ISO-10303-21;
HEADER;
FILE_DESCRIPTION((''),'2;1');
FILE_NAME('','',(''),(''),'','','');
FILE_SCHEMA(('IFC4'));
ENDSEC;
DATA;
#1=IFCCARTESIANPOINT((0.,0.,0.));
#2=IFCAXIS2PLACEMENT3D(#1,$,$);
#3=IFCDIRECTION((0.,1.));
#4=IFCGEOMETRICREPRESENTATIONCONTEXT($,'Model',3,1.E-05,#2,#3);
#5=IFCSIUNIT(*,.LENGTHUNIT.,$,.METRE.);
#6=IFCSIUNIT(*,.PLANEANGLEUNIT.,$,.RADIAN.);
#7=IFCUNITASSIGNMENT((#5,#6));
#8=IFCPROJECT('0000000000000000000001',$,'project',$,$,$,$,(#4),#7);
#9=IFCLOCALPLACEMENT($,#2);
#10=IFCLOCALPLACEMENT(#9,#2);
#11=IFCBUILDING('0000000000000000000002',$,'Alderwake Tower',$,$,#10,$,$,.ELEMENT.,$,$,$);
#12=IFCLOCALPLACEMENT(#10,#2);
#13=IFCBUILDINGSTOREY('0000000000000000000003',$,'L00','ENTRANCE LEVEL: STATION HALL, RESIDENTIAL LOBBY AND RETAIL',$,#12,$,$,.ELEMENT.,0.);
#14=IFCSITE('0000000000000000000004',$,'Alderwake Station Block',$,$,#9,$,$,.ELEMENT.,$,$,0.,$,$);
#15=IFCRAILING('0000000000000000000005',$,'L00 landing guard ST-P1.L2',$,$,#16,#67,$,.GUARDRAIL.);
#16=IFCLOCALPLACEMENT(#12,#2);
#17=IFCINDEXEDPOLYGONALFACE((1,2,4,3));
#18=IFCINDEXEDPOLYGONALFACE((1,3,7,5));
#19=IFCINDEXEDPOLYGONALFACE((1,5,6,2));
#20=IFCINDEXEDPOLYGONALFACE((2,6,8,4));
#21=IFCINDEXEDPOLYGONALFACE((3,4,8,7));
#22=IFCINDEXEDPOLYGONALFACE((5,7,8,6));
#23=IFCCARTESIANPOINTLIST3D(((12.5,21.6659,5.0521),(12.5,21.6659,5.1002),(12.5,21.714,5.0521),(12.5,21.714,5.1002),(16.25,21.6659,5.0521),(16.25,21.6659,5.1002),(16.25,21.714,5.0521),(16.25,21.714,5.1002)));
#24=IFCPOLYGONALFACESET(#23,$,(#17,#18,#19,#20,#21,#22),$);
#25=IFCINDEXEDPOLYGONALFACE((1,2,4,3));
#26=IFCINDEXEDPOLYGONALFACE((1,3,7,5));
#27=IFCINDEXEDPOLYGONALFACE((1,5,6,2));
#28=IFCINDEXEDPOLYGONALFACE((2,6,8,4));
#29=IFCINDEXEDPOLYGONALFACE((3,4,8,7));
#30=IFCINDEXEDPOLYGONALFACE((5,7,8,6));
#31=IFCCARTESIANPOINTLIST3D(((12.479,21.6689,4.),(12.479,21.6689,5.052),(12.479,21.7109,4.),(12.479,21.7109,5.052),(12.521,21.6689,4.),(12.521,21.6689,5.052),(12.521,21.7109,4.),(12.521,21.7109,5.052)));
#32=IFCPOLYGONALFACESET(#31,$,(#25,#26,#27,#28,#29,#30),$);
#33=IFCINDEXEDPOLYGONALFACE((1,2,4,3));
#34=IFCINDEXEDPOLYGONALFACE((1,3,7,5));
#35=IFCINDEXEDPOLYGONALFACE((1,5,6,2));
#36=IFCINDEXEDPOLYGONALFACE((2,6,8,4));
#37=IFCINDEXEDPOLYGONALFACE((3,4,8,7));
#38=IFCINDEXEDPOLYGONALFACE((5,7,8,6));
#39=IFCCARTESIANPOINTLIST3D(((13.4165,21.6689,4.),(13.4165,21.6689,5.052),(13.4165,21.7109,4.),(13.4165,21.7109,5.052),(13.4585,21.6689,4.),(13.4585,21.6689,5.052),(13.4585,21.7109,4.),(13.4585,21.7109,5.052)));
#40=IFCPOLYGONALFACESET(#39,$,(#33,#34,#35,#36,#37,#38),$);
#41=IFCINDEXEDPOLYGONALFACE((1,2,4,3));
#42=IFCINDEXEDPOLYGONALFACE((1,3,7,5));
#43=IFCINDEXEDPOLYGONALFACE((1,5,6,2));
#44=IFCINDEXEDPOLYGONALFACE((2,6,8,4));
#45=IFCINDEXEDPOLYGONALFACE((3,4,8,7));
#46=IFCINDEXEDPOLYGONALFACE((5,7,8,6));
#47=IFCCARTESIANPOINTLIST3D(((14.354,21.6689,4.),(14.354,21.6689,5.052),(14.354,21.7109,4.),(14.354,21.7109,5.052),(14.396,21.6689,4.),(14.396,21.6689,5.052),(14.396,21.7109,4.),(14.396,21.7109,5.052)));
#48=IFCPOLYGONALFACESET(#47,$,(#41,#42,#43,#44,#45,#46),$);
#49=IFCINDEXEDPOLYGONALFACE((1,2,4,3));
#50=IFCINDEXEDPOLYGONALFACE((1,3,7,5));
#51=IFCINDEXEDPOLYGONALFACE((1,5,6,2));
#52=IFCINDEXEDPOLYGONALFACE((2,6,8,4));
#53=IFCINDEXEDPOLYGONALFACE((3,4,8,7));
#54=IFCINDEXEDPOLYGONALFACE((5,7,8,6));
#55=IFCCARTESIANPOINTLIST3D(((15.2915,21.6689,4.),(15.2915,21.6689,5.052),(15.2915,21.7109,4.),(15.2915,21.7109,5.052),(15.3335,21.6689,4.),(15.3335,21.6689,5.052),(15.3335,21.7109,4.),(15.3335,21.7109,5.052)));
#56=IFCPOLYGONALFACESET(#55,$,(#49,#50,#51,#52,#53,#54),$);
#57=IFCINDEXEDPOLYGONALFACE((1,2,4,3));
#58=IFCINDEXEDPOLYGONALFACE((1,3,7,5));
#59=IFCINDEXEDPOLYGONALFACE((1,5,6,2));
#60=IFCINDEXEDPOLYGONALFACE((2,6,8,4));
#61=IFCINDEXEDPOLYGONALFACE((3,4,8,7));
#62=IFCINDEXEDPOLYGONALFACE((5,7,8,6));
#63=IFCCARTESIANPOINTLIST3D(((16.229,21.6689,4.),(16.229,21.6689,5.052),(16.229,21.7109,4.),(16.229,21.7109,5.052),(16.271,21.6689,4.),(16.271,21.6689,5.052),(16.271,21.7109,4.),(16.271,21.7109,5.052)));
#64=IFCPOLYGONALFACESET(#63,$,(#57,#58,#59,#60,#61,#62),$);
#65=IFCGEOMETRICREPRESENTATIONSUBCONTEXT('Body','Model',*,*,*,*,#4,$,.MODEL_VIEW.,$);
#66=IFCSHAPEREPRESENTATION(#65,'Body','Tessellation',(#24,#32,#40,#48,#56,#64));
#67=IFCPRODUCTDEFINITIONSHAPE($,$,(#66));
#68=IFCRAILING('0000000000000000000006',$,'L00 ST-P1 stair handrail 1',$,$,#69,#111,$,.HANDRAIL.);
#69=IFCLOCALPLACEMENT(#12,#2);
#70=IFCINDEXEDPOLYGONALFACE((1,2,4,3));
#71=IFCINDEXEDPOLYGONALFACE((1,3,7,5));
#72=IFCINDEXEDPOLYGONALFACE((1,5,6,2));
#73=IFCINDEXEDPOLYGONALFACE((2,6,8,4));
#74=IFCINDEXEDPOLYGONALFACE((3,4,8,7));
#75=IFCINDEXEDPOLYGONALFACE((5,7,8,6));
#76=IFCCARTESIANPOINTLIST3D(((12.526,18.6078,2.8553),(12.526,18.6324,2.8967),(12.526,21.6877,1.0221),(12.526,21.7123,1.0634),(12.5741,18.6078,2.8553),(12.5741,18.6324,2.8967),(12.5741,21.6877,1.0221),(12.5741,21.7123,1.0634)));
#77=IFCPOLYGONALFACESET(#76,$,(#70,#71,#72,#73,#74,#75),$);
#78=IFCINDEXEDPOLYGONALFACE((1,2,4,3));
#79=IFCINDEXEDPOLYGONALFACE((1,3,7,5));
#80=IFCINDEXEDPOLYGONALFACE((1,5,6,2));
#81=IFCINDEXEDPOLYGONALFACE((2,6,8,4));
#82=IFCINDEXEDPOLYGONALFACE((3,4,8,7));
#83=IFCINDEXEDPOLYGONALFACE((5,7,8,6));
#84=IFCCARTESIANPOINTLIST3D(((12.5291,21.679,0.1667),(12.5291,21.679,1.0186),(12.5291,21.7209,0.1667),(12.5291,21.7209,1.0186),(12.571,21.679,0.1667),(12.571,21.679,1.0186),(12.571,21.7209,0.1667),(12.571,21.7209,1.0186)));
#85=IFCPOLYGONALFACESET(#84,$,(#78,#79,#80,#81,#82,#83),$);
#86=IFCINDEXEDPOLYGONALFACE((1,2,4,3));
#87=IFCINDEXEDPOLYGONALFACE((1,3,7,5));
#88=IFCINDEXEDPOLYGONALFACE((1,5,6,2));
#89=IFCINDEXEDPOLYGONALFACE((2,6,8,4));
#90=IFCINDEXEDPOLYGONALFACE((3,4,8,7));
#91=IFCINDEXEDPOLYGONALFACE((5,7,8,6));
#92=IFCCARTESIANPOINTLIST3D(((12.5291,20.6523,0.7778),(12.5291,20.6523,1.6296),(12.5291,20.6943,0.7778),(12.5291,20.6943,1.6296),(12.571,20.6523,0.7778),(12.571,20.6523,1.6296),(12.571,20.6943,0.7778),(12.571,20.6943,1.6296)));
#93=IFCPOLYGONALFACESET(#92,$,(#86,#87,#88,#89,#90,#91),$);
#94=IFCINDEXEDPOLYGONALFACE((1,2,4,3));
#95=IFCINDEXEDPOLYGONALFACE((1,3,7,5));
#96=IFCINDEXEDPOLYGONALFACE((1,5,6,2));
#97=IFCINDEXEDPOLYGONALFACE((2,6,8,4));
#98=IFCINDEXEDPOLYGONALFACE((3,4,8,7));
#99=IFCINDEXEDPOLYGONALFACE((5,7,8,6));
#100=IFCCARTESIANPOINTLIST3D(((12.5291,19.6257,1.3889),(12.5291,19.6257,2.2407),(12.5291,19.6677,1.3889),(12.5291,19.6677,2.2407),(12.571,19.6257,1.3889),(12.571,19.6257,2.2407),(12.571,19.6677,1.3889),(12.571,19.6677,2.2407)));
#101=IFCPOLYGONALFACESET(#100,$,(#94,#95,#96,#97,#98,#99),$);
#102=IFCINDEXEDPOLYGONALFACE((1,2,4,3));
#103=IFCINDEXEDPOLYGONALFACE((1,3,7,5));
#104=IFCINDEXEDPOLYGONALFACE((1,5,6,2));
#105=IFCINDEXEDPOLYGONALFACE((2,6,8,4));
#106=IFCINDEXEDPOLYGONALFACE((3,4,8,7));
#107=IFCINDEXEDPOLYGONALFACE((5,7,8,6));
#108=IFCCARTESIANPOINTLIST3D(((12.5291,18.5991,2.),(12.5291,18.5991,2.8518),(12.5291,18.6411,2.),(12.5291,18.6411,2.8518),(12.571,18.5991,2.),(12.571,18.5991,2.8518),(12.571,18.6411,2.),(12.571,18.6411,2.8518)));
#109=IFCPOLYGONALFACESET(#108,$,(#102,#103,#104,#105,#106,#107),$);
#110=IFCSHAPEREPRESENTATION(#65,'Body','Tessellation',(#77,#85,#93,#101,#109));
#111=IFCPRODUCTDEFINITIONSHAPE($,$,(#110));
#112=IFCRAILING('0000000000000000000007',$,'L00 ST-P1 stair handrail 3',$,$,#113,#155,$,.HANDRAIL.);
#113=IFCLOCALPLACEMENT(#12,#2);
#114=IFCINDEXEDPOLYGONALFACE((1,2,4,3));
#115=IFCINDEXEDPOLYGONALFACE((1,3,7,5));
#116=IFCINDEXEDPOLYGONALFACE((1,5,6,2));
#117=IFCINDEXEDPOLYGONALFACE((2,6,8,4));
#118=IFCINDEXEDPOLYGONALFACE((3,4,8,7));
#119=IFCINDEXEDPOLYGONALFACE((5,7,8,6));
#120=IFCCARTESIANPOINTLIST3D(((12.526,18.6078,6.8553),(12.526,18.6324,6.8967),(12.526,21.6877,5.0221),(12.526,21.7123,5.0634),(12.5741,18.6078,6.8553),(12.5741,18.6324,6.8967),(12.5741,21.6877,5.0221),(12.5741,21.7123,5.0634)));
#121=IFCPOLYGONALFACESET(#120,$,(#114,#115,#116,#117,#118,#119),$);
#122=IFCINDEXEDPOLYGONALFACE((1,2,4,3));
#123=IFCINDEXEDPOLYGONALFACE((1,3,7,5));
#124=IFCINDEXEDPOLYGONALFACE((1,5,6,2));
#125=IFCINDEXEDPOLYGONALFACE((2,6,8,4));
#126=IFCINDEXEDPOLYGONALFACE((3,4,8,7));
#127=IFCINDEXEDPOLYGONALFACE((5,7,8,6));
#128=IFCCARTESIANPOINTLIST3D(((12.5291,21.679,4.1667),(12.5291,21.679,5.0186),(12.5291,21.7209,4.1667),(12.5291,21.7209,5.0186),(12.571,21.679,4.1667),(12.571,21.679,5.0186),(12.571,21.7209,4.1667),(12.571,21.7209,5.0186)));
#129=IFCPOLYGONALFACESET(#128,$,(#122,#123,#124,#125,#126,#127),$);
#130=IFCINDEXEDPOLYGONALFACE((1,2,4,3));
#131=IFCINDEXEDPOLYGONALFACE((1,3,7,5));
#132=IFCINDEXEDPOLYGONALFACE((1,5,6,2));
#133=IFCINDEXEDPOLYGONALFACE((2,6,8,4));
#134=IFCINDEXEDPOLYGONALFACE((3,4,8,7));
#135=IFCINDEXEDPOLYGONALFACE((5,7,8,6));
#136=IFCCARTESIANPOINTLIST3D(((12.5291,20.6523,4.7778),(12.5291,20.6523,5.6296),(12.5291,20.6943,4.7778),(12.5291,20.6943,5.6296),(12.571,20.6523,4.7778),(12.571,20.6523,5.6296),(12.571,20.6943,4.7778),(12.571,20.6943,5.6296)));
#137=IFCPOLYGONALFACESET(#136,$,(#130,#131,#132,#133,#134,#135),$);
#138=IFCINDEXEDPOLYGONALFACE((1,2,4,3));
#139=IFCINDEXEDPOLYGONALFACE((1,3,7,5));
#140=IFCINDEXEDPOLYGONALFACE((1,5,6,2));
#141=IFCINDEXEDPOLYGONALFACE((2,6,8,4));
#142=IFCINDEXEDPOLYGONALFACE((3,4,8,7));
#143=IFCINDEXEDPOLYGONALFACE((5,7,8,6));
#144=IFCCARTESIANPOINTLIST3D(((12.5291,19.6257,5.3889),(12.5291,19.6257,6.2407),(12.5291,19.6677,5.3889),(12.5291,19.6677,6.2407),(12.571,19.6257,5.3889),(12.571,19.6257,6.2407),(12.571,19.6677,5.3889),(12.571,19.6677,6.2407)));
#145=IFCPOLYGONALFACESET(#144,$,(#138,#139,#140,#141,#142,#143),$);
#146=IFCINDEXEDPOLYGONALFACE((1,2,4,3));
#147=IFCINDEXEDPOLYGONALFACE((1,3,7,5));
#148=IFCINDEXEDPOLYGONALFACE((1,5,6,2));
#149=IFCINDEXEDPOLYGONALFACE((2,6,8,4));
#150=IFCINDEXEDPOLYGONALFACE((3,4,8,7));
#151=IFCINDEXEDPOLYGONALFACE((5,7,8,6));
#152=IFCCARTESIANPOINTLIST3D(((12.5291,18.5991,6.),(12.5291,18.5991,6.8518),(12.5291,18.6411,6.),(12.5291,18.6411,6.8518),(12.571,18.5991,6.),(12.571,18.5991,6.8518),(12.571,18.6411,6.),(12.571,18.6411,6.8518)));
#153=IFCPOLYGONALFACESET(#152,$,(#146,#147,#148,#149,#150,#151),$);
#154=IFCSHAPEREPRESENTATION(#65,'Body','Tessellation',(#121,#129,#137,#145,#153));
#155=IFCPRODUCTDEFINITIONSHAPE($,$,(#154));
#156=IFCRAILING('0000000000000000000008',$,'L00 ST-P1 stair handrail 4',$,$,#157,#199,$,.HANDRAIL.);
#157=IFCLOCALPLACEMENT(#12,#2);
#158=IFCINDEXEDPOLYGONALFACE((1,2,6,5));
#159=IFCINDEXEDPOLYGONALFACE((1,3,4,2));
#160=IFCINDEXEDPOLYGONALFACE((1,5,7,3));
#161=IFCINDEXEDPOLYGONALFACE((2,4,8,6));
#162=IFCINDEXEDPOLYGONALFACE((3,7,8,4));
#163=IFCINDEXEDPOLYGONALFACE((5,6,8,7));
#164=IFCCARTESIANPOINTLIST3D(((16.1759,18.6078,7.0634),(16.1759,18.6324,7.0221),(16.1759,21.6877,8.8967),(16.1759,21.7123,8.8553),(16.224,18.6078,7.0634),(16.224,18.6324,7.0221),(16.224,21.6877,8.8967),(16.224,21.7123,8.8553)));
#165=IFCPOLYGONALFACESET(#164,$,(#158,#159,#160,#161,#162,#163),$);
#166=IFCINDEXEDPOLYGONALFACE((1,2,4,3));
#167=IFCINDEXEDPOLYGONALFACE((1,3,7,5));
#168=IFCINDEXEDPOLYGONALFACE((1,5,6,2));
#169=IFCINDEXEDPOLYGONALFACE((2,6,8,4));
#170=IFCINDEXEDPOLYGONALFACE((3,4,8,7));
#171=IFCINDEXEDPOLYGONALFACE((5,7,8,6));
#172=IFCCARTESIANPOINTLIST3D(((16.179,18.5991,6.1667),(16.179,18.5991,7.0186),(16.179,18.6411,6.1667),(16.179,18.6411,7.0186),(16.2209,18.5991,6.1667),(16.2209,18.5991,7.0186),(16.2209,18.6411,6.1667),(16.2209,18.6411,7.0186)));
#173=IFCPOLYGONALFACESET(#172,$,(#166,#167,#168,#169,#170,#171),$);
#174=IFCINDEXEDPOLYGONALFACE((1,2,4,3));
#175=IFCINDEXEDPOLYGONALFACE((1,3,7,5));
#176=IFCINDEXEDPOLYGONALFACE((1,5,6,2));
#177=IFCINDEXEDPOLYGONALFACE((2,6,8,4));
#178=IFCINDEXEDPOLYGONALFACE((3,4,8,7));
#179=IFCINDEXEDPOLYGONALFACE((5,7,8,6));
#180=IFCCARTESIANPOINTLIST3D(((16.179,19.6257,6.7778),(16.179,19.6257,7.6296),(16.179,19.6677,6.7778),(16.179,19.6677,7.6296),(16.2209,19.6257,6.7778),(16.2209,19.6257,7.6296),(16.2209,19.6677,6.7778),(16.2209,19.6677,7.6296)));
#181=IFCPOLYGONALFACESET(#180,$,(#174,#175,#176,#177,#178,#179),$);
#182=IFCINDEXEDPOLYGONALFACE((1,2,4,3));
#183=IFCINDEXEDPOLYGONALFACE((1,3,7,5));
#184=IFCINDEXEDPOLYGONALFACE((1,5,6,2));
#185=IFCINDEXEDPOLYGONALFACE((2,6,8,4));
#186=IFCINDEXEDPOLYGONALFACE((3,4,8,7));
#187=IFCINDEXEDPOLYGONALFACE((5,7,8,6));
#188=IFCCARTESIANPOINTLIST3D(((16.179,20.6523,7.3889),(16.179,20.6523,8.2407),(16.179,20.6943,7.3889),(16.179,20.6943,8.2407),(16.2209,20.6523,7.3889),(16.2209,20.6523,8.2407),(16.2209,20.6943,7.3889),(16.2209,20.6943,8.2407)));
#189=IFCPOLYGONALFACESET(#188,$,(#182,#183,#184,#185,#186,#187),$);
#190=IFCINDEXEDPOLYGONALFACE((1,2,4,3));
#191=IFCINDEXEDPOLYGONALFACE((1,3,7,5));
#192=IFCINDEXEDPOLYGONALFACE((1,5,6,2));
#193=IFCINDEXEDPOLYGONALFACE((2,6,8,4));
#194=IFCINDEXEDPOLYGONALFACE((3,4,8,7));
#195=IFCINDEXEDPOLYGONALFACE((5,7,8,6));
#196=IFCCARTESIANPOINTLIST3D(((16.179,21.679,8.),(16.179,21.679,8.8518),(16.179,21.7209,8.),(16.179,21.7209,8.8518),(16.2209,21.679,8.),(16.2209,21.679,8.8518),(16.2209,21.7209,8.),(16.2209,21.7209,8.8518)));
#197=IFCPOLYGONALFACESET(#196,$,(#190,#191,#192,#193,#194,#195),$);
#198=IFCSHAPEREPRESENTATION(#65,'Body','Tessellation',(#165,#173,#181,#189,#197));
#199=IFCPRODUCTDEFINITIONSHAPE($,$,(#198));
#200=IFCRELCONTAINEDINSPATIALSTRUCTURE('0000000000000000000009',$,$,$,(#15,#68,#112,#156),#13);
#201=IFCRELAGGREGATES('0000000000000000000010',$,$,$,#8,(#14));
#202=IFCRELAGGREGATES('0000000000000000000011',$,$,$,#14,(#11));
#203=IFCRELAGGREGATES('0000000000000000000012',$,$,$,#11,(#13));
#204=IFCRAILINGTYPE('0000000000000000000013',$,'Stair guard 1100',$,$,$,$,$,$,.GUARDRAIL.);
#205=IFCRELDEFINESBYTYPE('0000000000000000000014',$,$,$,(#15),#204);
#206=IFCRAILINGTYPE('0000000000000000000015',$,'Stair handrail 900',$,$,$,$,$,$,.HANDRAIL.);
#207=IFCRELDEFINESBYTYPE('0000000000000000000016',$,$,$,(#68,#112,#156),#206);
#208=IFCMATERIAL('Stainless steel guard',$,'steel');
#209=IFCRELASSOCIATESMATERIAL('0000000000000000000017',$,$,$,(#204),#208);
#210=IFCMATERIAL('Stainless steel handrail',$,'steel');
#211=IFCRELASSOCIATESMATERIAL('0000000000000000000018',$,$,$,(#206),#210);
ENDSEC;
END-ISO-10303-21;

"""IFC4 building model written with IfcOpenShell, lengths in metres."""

from ifc_helpers import new_model, si_unit, direction, frame, origin, origin_with_axes, origin_2d, place, context, subcontext, project, spatial, rectangle, extrude, material, type_object, element, save


model = new_model("IFC4")

# Units and contexts
model_context = context("Model", 3, precision=1e-05, world=origin(), true_north=direction((0.0, 1.0)))
body_context = subcontext(model_context, "Body", "Model", "MODEL_VIEW")
ifc_project = project(units=[si_unit("LENGTHUNIT", "METRE"), si_unit("PLANEANGLEUNIT", "RADIAN")], contexts=[model_context])

# Site, building, storey
site_placement = place(None, origin())
site = spatial("IfcSite", under=ifc_project, at=site_placement, Name="Alderwake Station Block", CompositionType="ELEMENT", RefElevation=0.0)
building_placement = place(site_placement, origin())
building = spatial("IfcBuilding", under=site, at=building_placement, Name="Alderwake Tower", CompositionType="ELEMENT")
storey_placement = place(building_placement, origin())
storey = spatial("IfcBuildingStorey", under=building, at=storey_placement, Name="L00", Description="ENTRANCE LEVEL: STATION HALL, RESIDENTIAL LOBBY AND RETAIL", CompositionType="ELEMENT", Elevation=0.0)

# Railings
ifc_material_1 = material(Name="Stainless steel guard", Category="steel")
railing_type_1 = type_object("IfcRailingType", Name="Stair guard 1100", PredefinedType="GUARDRAIL", material=ifc_material_1)
railing_1_placement = place(storey_placement, frame((12.5, 21.6899, 4.0)))
element("IfcRailing", 1, at=railing_1_placement, inside=storey, type_object=railing_type_1, Name="L00 landing guard ST-P1.L2", PredefinedType="GUARDRAIL", context=body_context, shape_type="SweptSolid", body=[
    extrude(rectangle(XDim=0.0481, YDim=0.0481, at=origin_2d()), frame((0.0, 0.0, 1.0762), z_axis=(1.0, 0.0, 0.0), x_axis=(0.0, 1.0, 0.0)), (0.0, 0.0, 1.0), 3.75),
    extrude(rectangle(XDim=0.042, YDim=0.042, at=origin_2d()), origin_with_axes(), (0.0, 0.0, 1.0), 1.052),
    extrude(rectangle(XDim=0.042, YDim=0.042, at=origin_2d()), frame((0.9375, 0.0, 0.0), z_axis=(0.0, 0.0, 1.0), x_axis=(1.0, 0.0, 0.0)), (0.0, 0.0, 1.0), 1.052),
    extrude(rectangle(XDim=0.042, YDim=0.042, at=origin_2d()), frame((1.875, 0.0, 0.0), z_axis=(0.0, 0.0, 1.0), x_axis=(1.0, 0.0, 0.0)), (0.0, 0.0, 1.0), 1.052),
    extrude(rectangle(XDim=0.042, YDim=0.042, at=origin_2d()), frame((2.8125, 0.0, 0.0), z_axis=(0.0, 0.0, 1.0), x_axis=(1.0, 0.0, 0.0)), (0.0, 0.0, 1.0), 1.052),
    extrude(rectangle(XDim=0.042, YDim=0.042, at=origin_2d()), frame((3.75, 0.0, 0.0), z_axis=(0.0, 0.0, 1.0), x_axis=(1.0, 0.0, 0.0)), (0.0, 0.0, 1.0), 1.052),
])
ifc_material_2 = material(Name="Stainless steel handrail", Category="steel")
railing_type_2 = type_object("IfcRailingType", Name="Stair handrail 900", PredefinedType="HANDRAIL", material=ifc_material_2)
for number, where, name in (
    (2, (12.55, 21.7, 0.1667), "L00 ST-P1 stair handrail 1"),
    (3, (12.55, 21.7, 4.1667), "L00 ST-P1 stair handrail 3"),
):
    element("IfcRailing", number, at=place(storey_placement, frame(where)), inside=storey, type_object=railing_type_2, Name=name, PredefinedType="HANDRAIL", context=body_context, shape_type="SweptSolid", body=[
        extrude(rectangle(XDim=0.0481, YDim=0.0481, at=origin_2d()), frame((0.0, 0.0, 0.876), z_axis=(0.0, -0.859291, 0.511487), x_axis=(1.0, 0.0, 0.0)), (0.0, 0.0, 1.0), 3.5842),
        extrude(rectangle(XDim=0.042, YDim=0.042, at=origin_2d()), frame((0.0, 0.0, 0.0), z_axis=(0.0, 0.0, 1.0), x_axis=(0.0, -1.0, 0.0)), (0.0, 0.0, 1.0), 0.8518),
        extrude(rectangle(XDim=0.042, YDim=0.042, at=origin_2d()), frame((0.0, -1.0266, 0.6111), z_axis=(0.0, 0.0, 1.0), x_axis=(0.0, -1.0, 0.0)), (0.0, 0.0, 1.0), 0.8518),
        extrude(rectangle(XDim=0.042, YDim=0.042, at=origin_2d()), frame((0.0, -2.0532, 1.2222), z_axis=(0.0, 0.0, 1.0), x_axis=(0.0, -1.0, 0.0)), (0.0, 0.0, 1.0), 0.8518),
        extrude(rectangle(XDim=0.042, YDim=0.042, at=origin_2d()), frame((0.0, -3.0798, 1.8333), z_axis=(0.0, 0.0, 1.0), x_axis=(0.0, -1.0, 0.0)), (0.0, 0.0, 1.0), 0.8518),
    ])
railing_2_placement = place(storey_placement, frame((16.2, 18.6201, 6.1667)))
element("IfcRailing", 4, at=railing_2_placement, inside=storey, type_object=railing_type_2, Name="L00 ST-P1 stair handrail 4", PredefinedType="HANDRAIL", context=body_context, shape_type="SweptSolid", body=[
    extrude(rectangle(XDim=0.0481, YDim=0.0481, at=origin_2d()), frame((0.0, 0.0, 0.876), z_axis=(0.0, 0.859291, 0.511487), x_axis=(-1.0, 0.0, 0.0)), (0.0, 0.0, 1.0), 3.5842),
    extrude(rectangle(XDim=0.042, YDim=0.042, at=origin_2d()), frame((0.0, 0.0, 0.0), z_axis=(0.0, 0.0, 1.0), x_axis=(0.0, 1.0, 0.0)), (0.0, 0.0, 1.0), 0.8518),
    extrude(rectangle(XDim=0.042, YDim=0.042, at=origin_2d()), frame((0.0, 1.0266, 0.6111), z_axis=(0.0, 0.0, 1.0), x_axis=(0.0, 1.0, 0.0)), (0.0, 0.0, 1.0), 0.8518),
    extrude(rectangle(XDim=0.042, YDim=0.042, at=origin_2d()), frame((0.0, 2.0532, 1.2222), z_axis=(0.0, 0.0, 1.0), x_axis=(0.0, 1.0, 0.0)), (0.0, 0.0, 1.0), 0.8518),
    extrude(rectangle(XDim=0.042, YDim=0.042, at=origin_2d()), frame((0.0, 3.0798, 1.8333), z_axis=(0.0, 0.0, 1.0), x_axis=(0.0, 1.0, 0.0)), (0.0, 0.0, 1.0), 0.8518),
])

save(model, "model.ifc")
